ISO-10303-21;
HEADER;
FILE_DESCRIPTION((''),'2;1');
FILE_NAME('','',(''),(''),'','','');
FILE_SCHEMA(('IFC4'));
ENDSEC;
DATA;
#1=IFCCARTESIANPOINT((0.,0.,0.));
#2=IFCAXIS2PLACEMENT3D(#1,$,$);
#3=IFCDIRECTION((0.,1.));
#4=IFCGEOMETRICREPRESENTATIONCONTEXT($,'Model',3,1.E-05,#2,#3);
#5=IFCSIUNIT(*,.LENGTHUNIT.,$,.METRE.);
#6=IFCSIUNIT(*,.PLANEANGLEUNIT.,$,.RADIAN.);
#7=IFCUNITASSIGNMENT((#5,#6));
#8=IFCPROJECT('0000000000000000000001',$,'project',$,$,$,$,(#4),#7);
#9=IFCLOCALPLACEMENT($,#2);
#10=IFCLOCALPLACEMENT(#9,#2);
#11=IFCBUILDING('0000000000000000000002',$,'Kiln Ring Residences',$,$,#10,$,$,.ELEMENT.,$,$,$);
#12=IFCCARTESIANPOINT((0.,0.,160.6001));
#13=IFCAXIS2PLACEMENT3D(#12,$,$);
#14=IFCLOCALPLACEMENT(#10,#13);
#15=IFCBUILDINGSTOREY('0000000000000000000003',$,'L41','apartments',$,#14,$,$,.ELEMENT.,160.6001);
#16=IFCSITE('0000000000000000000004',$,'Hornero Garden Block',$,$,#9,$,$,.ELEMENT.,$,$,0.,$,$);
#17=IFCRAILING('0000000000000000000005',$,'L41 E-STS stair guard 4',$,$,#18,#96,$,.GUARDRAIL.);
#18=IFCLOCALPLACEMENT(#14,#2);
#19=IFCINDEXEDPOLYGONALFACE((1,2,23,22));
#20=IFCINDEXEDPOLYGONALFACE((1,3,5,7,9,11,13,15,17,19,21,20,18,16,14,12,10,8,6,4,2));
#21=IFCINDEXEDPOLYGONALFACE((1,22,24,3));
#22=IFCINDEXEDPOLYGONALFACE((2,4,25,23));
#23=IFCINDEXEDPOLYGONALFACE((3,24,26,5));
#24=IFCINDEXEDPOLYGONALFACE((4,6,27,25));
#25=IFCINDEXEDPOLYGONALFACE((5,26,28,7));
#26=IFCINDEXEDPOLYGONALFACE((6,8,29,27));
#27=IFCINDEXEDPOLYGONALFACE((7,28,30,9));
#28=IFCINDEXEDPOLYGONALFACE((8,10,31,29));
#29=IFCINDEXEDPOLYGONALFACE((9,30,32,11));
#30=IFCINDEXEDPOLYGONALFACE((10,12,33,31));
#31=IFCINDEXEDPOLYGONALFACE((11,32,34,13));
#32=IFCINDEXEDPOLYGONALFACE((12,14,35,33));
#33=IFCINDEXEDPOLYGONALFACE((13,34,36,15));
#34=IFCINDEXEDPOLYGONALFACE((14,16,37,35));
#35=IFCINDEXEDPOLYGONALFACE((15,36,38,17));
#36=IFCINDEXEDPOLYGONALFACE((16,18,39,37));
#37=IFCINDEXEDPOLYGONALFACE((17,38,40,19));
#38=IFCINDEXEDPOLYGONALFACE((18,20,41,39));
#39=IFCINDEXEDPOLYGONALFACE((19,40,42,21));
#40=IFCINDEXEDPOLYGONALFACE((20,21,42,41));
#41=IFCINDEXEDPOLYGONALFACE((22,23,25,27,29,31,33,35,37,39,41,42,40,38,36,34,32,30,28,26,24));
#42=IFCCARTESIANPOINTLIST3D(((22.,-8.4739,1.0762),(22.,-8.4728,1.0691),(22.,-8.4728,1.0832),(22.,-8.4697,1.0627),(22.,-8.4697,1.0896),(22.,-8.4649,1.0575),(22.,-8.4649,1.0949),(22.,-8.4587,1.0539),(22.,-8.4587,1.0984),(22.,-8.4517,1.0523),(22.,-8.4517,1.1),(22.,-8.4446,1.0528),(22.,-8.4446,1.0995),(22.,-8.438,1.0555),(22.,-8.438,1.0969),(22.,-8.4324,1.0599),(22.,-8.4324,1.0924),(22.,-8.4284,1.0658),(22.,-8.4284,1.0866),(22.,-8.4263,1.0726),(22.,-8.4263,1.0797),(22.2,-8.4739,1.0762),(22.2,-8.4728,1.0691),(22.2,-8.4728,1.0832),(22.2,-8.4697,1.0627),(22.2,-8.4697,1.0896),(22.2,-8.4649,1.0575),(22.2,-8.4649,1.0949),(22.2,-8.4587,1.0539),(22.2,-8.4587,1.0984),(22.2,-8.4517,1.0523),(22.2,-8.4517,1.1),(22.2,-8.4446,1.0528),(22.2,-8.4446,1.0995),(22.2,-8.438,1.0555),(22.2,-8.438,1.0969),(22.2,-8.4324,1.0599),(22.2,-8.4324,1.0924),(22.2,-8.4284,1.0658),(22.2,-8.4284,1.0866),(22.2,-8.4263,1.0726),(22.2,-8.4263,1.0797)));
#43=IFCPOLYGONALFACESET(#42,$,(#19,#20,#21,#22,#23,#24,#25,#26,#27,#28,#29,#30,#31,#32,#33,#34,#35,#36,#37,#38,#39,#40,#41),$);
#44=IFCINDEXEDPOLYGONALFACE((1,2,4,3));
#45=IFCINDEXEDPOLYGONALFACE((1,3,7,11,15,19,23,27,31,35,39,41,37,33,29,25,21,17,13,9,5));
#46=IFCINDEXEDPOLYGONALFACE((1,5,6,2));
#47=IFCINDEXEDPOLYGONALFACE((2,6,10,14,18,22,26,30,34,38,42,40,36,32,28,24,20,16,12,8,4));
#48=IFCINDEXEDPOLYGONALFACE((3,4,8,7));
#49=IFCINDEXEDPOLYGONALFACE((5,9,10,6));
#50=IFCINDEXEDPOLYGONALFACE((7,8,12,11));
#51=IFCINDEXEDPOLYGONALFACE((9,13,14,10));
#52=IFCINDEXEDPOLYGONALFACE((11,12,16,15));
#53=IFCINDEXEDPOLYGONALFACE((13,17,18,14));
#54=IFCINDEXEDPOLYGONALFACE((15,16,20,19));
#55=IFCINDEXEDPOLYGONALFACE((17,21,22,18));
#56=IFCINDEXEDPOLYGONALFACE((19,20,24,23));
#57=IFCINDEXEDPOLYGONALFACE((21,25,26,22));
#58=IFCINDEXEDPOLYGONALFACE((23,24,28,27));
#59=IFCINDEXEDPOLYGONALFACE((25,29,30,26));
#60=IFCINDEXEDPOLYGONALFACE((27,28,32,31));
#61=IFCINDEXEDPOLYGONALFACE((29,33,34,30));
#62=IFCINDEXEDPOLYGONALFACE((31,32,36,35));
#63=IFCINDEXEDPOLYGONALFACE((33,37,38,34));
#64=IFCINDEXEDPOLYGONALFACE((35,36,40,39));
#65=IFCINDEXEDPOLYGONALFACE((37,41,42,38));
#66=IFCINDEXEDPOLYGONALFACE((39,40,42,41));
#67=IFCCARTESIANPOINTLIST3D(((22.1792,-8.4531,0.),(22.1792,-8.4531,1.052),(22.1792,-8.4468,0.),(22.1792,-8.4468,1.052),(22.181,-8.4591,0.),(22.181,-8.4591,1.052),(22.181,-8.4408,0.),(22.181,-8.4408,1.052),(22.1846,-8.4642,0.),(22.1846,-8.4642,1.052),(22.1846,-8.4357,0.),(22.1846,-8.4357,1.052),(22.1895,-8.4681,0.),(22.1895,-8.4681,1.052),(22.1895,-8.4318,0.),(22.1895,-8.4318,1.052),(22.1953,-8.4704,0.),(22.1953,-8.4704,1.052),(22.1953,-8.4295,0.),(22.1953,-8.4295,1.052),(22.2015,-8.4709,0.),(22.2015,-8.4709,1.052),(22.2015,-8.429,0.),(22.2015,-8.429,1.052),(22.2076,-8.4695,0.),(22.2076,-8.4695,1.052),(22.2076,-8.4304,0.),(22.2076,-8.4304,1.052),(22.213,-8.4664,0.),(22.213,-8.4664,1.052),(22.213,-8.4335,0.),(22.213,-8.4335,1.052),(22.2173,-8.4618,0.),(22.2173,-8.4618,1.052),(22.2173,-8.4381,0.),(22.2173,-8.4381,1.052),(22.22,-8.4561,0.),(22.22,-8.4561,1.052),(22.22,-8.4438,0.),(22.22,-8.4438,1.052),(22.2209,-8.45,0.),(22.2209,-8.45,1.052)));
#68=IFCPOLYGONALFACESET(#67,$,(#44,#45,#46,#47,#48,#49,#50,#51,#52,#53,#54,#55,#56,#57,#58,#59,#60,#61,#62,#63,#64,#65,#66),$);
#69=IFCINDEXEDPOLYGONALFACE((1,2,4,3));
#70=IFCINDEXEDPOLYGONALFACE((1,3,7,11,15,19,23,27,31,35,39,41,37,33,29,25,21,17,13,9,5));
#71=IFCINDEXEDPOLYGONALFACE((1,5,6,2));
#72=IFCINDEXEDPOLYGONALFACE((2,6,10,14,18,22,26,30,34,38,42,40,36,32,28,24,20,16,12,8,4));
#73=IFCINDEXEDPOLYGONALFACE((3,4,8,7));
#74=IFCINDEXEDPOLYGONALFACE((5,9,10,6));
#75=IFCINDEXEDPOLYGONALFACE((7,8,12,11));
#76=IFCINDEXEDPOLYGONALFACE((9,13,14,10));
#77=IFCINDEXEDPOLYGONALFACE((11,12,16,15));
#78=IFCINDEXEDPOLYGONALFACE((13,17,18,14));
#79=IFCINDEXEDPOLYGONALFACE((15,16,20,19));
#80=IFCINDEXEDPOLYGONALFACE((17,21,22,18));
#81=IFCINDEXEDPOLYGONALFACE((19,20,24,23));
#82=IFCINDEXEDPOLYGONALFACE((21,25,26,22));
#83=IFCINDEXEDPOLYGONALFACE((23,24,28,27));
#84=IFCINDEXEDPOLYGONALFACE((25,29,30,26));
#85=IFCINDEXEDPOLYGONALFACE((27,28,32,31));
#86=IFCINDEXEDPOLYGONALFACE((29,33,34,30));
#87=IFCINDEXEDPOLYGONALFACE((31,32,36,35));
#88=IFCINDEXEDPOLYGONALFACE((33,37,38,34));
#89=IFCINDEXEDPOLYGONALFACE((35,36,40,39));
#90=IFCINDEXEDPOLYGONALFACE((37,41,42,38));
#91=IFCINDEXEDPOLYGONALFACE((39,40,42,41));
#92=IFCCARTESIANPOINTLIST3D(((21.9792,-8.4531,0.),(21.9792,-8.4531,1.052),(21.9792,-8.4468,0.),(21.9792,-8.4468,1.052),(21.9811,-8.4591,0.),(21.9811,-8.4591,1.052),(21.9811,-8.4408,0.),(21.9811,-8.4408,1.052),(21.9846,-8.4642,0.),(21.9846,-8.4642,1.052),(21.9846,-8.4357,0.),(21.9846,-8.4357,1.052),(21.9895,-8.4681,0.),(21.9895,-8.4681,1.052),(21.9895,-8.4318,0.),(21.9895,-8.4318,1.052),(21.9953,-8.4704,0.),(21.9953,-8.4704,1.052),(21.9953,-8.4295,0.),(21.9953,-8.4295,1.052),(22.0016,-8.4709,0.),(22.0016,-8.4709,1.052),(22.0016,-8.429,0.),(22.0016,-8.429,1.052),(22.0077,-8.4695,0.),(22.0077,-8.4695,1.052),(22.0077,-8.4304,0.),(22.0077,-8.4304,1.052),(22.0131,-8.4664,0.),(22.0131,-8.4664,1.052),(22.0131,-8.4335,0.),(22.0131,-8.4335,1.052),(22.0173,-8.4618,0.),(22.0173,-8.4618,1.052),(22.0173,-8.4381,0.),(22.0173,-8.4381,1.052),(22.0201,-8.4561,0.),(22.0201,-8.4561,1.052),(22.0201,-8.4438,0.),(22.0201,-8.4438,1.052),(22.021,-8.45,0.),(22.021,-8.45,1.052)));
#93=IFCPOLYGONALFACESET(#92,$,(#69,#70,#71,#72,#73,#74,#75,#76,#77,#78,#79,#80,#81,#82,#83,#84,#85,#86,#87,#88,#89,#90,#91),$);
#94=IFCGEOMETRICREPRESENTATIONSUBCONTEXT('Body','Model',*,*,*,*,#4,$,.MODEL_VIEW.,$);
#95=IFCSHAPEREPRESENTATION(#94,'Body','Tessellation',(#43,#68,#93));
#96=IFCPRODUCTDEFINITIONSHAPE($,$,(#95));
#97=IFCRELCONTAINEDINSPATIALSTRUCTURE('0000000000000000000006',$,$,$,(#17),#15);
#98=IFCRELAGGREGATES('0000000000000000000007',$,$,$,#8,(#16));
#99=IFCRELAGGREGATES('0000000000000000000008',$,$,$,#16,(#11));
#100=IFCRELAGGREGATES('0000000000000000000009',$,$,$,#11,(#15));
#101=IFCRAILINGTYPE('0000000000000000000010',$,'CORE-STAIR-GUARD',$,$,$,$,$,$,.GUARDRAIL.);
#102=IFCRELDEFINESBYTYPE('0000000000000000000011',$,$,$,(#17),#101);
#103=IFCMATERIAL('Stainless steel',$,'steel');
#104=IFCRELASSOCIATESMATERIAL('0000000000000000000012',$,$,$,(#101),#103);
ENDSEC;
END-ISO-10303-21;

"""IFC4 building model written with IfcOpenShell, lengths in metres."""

from ifc_helpers import new_model, si_unit, direction, frame, origin, origin_2d, place, context, subcontext, project, spatial, circle, extrude, material, type_object, element, save


model = new_model("IFC4")

# Units and contexts
model_context = context("Model", 3, precision=1e-05, world=origin(), true_north=direction((0.0, 1.0)))
body_context = subcontext(model_context, "Body", "Model", "MODEL_VIEW")
ifc_project = project(units=[si_unit("LENGTHUNIT", "METRE"), si_unit("PLANEANGLEUNIT", "RADIAN")], contexts=[model_context])

# Site, building, storey
site_placement = place(None, origin())
site = spatial("IfcSite", under=ifc_project, at=site_placement, Name="Hornero Garden Block", CompositionType="ELEMENT", RefElevation=0.0)
building_placement = place(site_placement, origin())
building = spatial("IfcBuilding", under=site, at=building_placement, Name="Kiln Ring Residences", CompositionType="ELEMENT")
storey_placement = place(building_placement, frame((0.0, 0.0, 160.6001)))
storey = spatial("IfcBuildingStorey", under=building, at=storey_placement, Name="L41", Description="apartments", CompositionType="ELEMENT", Elevation=160.6001)

# Railing
ifc_material_1 = material(Name="Stainless steel", Category="steel")
railing_type_1 = type_object("IfcRailingType", Name="CORE-STAIR-GUARD", PredefinedType="GUARDRAIL", material=ifc_material_1)
railing_1_placement = place(storey_placement, frame((22.2, -8.45, 0.0)))
element("IfcRailing", 1, at=railing_1_placement, inside=storey, type_object=railing_type_1, Name="L41 E-STS stair guard 4", PredefinedType="GUARDRAIL", context=body_context, shape_type="SweptSolid", body=[
    extrude(circle(Radius=0.0239, at=origin_2d()), frame((0.0, 0.0, 1.0762), z_axis=(-1.0, 0.0, 0.0), x_axis=(0.0, -1.0, 0.0)), (0.0, 0.0, 1.0), 0.2),
    extrude(circle(Radius=0.021, at=origin_2d()), origin(), (0.0, 0.0, 1.0), 1.052),
    extrude(circle(Radius=0.021, at=origin_2d()), frame((-0.2, 0.0, 0.0)), (0.0, 0.0, 1.0), 1.052),
])

save(model, "model.ifc")
